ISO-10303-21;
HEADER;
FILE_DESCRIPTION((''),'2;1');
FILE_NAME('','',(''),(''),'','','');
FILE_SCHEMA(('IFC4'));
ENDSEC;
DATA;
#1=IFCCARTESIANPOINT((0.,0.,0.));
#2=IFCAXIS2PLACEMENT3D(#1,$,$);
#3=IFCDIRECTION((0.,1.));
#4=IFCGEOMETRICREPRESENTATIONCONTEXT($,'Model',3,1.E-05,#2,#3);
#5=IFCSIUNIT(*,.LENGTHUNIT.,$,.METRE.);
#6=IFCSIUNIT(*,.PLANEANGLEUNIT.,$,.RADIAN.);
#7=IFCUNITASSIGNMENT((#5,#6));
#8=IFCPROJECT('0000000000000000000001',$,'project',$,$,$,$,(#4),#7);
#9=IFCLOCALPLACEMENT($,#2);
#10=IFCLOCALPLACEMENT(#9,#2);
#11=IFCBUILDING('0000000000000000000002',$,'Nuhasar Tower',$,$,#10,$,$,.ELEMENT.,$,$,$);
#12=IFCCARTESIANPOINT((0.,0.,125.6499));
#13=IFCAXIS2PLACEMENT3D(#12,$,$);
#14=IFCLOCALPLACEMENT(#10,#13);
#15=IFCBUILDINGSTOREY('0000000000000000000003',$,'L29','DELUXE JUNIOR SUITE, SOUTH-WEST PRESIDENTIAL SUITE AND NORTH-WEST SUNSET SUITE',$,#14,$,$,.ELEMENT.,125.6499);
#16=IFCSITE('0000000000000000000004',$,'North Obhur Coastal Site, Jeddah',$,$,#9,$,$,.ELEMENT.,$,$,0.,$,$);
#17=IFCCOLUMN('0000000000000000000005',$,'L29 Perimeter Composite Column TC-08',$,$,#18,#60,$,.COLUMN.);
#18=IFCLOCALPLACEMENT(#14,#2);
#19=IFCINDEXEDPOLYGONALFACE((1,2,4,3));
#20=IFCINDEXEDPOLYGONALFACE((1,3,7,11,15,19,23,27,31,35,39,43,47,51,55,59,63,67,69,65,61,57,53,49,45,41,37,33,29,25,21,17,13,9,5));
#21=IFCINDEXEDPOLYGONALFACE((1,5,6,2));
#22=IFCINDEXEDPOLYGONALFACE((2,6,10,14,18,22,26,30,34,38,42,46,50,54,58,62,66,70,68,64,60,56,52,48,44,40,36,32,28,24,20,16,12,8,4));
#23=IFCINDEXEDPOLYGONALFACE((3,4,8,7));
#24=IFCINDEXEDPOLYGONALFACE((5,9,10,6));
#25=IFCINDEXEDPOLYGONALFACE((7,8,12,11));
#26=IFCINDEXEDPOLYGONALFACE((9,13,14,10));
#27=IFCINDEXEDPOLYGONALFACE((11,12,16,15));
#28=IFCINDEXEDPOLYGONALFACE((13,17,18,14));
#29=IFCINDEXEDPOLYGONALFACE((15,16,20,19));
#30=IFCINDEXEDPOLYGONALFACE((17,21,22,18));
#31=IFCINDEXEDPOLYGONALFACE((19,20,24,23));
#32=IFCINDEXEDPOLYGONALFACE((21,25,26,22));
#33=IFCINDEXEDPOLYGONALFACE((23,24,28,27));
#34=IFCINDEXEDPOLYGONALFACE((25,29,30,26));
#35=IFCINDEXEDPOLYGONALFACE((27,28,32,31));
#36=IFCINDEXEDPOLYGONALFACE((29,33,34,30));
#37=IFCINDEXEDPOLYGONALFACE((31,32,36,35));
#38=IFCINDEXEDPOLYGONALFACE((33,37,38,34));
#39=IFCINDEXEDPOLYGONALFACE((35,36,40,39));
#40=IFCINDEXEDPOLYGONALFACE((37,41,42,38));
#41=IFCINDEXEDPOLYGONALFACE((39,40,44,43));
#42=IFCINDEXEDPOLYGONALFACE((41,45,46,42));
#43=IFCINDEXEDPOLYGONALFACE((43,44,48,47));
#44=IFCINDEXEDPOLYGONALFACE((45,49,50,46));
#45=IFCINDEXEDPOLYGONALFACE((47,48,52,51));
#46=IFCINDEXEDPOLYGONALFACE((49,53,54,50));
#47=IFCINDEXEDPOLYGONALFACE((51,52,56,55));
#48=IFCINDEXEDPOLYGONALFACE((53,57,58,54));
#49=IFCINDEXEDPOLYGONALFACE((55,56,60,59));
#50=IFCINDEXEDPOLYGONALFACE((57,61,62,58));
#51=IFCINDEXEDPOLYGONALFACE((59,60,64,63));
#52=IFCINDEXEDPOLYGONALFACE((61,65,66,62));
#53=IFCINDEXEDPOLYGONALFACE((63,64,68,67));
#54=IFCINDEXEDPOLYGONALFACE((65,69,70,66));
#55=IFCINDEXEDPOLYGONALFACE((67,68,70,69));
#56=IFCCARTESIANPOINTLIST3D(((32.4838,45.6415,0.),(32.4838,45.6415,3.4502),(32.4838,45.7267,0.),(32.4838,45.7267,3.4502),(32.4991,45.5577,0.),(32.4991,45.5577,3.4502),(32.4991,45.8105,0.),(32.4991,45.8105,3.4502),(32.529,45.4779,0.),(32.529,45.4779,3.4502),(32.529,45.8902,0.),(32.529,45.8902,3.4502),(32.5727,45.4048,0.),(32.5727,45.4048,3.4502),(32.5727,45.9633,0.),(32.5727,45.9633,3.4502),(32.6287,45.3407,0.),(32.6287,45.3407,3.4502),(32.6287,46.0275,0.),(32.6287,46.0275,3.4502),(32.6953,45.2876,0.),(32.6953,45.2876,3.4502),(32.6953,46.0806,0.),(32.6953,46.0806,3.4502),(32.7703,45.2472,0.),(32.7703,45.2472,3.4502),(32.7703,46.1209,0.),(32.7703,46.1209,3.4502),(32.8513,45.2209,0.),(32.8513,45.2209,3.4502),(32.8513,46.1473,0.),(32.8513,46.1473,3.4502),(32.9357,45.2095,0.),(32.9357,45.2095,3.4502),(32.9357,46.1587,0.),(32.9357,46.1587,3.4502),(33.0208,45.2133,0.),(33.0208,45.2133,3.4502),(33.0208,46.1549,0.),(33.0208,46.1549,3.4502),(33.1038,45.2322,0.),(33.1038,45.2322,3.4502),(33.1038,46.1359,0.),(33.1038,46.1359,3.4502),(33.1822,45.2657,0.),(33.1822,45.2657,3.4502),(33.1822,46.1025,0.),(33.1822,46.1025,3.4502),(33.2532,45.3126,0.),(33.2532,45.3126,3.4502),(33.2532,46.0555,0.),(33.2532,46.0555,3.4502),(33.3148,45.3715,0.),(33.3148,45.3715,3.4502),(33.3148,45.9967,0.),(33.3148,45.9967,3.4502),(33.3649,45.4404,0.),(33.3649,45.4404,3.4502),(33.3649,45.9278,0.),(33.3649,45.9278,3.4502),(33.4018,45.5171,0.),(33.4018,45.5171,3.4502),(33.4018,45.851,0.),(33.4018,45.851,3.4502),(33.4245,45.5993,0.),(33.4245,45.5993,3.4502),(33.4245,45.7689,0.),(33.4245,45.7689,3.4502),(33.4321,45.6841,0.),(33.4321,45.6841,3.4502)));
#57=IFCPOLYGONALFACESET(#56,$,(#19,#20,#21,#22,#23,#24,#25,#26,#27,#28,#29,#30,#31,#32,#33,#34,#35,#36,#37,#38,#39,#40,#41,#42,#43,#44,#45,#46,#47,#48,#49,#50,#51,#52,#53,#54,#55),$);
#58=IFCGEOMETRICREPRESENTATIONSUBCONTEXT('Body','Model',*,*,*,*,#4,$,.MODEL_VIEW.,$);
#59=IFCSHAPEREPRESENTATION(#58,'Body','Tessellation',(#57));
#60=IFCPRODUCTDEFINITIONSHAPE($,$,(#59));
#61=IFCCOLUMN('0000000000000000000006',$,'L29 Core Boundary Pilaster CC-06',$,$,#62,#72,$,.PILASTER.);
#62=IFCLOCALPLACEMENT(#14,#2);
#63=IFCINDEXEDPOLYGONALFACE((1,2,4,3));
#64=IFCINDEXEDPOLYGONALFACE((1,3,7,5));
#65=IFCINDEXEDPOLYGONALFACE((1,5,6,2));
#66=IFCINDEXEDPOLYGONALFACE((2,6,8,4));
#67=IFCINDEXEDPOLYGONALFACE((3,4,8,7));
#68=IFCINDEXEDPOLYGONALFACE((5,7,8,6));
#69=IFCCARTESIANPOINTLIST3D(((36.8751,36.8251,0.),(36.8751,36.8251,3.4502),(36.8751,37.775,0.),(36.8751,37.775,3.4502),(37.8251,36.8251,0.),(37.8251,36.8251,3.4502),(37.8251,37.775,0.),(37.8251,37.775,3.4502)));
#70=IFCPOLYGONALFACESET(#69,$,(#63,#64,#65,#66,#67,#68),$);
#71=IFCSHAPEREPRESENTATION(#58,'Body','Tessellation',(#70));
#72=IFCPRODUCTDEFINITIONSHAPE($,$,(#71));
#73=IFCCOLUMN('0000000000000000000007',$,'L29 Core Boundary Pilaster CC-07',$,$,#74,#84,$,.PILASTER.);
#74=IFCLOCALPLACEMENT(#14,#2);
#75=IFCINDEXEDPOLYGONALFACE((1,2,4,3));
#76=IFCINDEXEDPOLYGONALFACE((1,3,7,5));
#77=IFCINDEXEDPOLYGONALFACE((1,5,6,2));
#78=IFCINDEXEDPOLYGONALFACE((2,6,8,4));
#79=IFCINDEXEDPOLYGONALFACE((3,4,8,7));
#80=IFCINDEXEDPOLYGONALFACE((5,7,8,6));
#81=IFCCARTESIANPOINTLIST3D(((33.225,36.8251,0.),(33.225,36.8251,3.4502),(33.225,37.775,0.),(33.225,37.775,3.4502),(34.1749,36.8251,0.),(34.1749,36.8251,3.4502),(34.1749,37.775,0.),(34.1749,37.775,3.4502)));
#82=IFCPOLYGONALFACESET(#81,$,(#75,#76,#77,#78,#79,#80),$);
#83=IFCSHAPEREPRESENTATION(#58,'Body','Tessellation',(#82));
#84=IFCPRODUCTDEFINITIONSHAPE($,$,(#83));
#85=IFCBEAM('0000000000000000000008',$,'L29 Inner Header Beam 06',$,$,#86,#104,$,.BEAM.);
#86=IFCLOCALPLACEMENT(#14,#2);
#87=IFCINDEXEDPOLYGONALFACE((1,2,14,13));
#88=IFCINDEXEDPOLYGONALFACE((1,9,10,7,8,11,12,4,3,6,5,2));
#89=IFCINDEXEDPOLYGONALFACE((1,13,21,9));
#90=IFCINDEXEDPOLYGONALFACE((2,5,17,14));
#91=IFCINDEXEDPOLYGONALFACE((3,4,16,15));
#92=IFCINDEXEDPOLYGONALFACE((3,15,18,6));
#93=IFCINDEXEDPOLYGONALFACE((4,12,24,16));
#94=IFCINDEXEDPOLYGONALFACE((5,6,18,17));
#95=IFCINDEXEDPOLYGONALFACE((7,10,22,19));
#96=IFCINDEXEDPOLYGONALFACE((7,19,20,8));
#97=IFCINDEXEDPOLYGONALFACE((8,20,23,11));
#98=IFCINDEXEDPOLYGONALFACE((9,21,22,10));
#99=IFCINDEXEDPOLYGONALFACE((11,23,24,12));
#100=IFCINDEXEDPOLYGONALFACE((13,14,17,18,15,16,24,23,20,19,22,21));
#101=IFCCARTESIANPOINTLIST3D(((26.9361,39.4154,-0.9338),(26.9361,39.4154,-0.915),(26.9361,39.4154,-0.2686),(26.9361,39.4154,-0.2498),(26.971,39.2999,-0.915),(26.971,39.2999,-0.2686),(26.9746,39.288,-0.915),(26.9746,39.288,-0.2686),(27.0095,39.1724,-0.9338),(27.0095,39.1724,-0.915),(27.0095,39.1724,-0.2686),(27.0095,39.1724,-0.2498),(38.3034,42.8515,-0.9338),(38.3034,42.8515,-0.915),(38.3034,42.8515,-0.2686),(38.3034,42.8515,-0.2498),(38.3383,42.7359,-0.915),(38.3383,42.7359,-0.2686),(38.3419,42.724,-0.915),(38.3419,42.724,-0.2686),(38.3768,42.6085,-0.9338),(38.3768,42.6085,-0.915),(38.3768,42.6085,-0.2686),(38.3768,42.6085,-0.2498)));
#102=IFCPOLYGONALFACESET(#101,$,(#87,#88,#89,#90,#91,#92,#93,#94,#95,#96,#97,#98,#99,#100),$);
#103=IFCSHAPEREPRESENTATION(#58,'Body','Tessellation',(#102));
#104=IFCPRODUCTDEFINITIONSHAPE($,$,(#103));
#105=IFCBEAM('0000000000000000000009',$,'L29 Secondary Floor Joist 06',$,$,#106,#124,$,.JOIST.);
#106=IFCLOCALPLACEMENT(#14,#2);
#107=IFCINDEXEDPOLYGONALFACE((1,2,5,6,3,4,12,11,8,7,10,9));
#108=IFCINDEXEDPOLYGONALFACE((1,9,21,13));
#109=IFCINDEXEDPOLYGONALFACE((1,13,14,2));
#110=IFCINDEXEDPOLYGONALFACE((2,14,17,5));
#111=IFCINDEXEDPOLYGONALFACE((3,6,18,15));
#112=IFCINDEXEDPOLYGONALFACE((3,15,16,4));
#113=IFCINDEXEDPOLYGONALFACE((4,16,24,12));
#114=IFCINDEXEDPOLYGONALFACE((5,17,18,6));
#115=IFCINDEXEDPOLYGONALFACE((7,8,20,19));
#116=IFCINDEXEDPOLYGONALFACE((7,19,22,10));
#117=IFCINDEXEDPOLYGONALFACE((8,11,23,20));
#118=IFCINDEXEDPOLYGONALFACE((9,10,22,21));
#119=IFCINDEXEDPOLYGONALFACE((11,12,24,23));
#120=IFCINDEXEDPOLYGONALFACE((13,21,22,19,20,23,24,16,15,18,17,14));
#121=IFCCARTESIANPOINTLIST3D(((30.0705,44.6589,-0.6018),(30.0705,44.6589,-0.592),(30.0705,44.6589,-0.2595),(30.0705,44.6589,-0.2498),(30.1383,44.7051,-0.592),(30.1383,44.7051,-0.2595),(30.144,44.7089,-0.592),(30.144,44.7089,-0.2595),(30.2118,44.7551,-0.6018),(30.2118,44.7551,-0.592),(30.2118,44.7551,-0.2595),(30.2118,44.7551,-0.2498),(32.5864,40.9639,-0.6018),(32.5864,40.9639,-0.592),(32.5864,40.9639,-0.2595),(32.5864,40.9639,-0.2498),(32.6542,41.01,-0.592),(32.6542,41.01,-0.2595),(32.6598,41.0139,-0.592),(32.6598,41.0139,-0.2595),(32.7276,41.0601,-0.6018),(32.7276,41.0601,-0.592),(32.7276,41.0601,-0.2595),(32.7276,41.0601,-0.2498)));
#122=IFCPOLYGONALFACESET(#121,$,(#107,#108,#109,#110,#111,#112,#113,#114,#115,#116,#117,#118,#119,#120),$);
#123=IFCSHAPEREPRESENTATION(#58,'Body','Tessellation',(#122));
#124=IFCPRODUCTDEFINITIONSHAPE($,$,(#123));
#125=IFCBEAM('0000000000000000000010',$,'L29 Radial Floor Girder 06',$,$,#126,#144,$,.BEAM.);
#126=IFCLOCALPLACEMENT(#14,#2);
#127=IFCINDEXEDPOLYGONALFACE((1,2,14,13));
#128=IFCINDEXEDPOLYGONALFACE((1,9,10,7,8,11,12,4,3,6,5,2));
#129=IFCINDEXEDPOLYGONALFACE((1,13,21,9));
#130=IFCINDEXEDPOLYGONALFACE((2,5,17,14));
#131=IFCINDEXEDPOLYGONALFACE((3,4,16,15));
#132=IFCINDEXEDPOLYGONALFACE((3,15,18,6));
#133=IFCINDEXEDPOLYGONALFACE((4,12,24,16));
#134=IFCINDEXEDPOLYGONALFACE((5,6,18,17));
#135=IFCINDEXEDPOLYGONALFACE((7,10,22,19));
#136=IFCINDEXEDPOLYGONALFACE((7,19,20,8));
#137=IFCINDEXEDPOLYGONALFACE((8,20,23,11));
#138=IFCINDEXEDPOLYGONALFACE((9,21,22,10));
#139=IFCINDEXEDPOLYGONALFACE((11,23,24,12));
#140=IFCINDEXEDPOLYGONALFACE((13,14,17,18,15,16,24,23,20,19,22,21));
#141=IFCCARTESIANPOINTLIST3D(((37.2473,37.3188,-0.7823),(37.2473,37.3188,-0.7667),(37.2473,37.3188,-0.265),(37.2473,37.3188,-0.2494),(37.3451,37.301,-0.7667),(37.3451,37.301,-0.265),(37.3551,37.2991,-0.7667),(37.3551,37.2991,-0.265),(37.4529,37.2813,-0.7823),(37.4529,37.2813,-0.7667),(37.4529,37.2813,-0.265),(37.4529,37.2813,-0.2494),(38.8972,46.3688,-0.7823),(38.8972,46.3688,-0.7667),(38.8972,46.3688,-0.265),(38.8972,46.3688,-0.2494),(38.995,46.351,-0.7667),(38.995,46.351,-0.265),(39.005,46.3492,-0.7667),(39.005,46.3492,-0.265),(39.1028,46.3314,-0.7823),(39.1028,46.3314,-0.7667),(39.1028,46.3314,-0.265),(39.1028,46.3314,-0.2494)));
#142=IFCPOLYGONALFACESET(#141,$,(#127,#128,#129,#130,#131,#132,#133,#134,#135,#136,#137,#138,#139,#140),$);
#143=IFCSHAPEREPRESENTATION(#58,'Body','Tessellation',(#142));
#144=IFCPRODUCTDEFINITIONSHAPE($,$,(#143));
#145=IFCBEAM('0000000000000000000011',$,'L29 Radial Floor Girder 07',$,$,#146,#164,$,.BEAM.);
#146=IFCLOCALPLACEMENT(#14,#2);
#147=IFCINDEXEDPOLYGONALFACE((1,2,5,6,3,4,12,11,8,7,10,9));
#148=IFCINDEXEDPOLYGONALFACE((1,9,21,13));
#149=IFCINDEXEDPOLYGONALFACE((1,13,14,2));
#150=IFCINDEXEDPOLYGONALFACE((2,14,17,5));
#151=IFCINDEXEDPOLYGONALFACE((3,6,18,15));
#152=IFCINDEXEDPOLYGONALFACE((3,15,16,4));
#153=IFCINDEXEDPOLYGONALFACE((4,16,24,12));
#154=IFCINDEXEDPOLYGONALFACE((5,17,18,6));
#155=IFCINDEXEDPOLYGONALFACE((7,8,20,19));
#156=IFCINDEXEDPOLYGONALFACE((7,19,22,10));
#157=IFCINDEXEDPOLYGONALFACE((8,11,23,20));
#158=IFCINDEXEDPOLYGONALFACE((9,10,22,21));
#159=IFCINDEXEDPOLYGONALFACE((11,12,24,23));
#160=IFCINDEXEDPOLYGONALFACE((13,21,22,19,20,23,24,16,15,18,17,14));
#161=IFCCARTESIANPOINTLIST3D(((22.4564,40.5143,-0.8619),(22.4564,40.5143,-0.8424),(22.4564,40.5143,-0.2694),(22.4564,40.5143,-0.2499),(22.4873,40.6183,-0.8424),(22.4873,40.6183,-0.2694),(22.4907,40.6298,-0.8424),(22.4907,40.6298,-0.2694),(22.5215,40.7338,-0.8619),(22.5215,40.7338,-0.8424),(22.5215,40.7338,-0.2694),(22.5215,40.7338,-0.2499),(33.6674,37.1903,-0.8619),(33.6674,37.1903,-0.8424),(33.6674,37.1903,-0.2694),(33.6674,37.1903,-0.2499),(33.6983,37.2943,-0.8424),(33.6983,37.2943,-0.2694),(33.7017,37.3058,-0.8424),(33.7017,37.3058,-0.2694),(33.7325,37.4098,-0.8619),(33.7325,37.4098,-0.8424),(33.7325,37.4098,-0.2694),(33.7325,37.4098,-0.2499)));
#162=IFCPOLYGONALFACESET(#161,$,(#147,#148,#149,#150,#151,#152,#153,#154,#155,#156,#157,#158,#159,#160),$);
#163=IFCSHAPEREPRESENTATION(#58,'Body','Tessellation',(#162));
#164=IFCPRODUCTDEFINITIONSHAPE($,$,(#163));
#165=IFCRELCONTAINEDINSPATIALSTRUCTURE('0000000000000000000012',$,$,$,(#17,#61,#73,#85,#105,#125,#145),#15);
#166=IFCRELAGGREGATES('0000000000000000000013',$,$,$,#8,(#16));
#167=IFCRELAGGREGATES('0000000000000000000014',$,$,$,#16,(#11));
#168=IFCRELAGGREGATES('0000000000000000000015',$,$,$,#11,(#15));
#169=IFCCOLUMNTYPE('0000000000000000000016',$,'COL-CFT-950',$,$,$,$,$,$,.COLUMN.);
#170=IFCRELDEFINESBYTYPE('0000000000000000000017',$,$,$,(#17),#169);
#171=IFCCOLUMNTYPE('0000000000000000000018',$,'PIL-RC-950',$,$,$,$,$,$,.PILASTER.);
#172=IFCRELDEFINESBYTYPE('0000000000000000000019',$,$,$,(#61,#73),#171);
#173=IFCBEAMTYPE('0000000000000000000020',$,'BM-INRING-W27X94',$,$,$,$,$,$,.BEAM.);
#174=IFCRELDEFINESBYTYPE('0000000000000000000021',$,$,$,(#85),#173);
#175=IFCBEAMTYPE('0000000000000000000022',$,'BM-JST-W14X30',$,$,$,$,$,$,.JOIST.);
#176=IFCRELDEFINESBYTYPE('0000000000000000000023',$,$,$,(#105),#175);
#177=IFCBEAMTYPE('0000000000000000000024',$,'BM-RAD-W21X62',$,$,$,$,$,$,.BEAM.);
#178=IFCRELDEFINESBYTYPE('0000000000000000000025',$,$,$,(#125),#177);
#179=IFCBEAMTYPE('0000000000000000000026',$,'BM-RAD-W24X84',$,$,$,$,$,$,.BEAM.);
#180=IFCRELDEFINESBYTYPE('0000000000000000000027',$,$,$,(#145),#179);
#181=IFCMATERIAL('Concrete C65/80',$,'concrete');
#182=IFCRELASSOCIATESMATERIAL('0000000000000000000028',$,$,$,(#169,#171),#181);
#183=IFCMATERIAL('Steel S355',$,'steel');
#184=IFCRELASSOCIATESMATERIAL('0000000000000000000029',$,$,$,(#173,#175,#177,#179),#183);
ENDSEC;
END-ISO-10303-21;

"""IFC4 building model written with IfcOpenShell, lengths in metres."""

from ifc_helpers import new_model, si_unit, direction, frame, origin, origin_2d, place, context, subcontext, project, spatial, rectangle, circle, i_section, extrude, material, material_profile, profile_set, type_object, element, save


model = new_model("IFC4")

# Units and contexts
model_context = context("Model", 3, precision=1e-05, world=origin(), true_north=direction((0.0, 1.0)))
body_context = subcontext(model_context, "Body", "Model", "MODEL_VIEW")
ifc_project = project(units=[si_unit("LENGTHUNIT", "METRE"), si_unit("PLANEANGLEUNIT", "RADIAN")], contexts=[model_context])

# Site, building, storey
site_placement = place(None, origin())
site = spatial("IfcSite", under=ifc_project, at=site_placement, Name="North Obhur Coastal Site, Jeddah", CompositionType="ELEMENT", RefElevation=0.0)
building_placement = place(site_placement, origin())
building = spatial("IfcBuilding", under=site, at=building_placement, Name="Nuhasar Tower", CompositionType="ELEMENT")
storey_placement = place(building_placement, frame((0.0, 0.0, 125.6499)))
storey = spatial("IfcBuildingStorey", under=building, at=storey_placement, Name="L29", Description="DELUXE JUNIOR SUITE, SOUTH-WEST PRESIDENTIAL SUITE AND NORTH-WEST SUNSET SUITE", CompositionType="ELEMENT", Elevation=125.6499)

# Columns
ifc_material_1 = material(Name="Concrete C65/80", Category="concrete")
ifc_material_profile_1 = material_profile(ifc_material_1, circle(Radius=0.4751, at=origin_2d()), Name="CFT950")
ifc_profile_set_1 = profile_set([ifc_material_profile_1], Name="Concrete C65/80")
column_type_1 = type_object("IfcColumnType", Name="COL-CFT-950", PredefinedType="COLUMN", material=ifc_profile_set_1)
column_placement = place(storey_placement, frame((32.957, 45.6841, 0.0), z_axis=(0.0, 0.0, 1.0), x_axis=(1.0, 0.0, 0.0)))
element("IfcColumn", 1, at=column_placement, inside=storey, type_object=column_type_1, Name="L29 Perimeter Composite Column TC-08", PredefinedType="COLUMN", context=body_context, shape_type="SweptSolid", body=[
    extrude(circle(Radius=0.4751, at=origin_2d()), origin(), (0.0, 0.0, 1.0), 3.4502),
])
ifc_material_profile_2 = material_profile(ifc_material_1, rectangle(XDim=0.95, YDim=0.95, at=origin_2d()), Name="RC950X950")
ifc_profile_set_2 = profile_set([ifc_material_profile_2], Name="Concrete C65/80")
column_type_2 = type_object("IfcColumnType", Name="PIL-RC-950", PredefinedType="PILASTER", material=ifc_profile_set_2)
for number, where, z_axis, x_axis, name in (
    (2, (37.3501, 37.3, 0.0), (0.0, 0.0, 1.0), (1.0, 0.0, 0.0), "L29 Core Boundary Pilaster CC-06"),
    (3, (33.7, 37.3, 0.0), (0.0, 0.0, 1.0), (1.0, 0.0, 0.0), "L29 Core Boundary Pilaster CC-07"),
):
    element("IfcColumn", number, at=place(storey_placement, frame(where, z_axis=z_axis, x_axis=x_axis)), inside=storey, type_object=column_type_2, Name=name, PredefinedType="PILASTER", context=body_context, shape_type="SweptSolid", body=[
        extrude(rectangle(XDim=0.95, YDim=0.95, at=origin_2d()), origin(), (0.0, 0.0, 1.0), 3.4502),
    ])

# Beams
ifc_material_2 = material(Name="Steel S355", Category="steel")
ifc_material_profile_3 = material_profile(ifc_material_2, i_section(OverallWidth=0.2539, OverallDepth=0.6841, WebThickness=0.0125, FlangeThickness=0.0188, at=origin_2d()), Name="W27X94")
ifc_profile_set_3 = profile_set([ifc_material_profile_3], Name="Steel S355")
beam_type_1 = type_object("IfcBeamType", Name="BM-INRING-W27X94", PredefinedType="BEAM", material=ifc_profile_set_3)
beam_1_placement = place(storey_placement, frame((38.3401, 42.73, -0.5918), z_axis=(-0.957224, -0.289347, 0.0), x_axis=(0.289347, -0.957224, 0.0)))
element("IfcBeam", 4, at=beam_1_placement, inside=storey, type_object=beam_type_1, Name="L29 Inner Header Beam 06", PredefinedType="BEAM", context=body_context, shape_type="SweptSolid", body=[
    extrude(i_section(OverallWidth=0.2539, OverallDepth=0.6841, WebThickness=0.0125, FlangeThickness=0.0188, at=origin_2d()), origin(), (0.0, 0.0, 1.0), 11.8752),
])
ifc_material_profile_4 = material_profile(ifc_material_2, i_section(OverallWidth=0.1709, OverallDepth=0.3521, WebThickness=0.0068, FlangeThickness=0.0098, at=origin_2d()), Name="W14X30")
ifc_profile_set_4 = profile_set([ifc_material_profile_4], Name="Steel S355")
beam_type_2 = type_object("IfcBeamType", Name="BM-JST-W14X30", PredefinedType="JOIST", material=ifc_profile_set_4)
beam_2_placement = place(storey_placement, frame((32.657, 41.012, -0.4258), z_axis=(-0.562803, 0.826591, 0.0), x_axis=(-0.826591, -0.562803, 0.0)))
element("IfcBeam", 5, at=beam_2_placement, inside=storey, type_object=beam_type_2, Name="L29 Secondary Floor Joist 06", PredefinedType="JOIST", context=body_context, shape_type="SweptSolid", body=[
    extrude(i_section(OverallWidth=0.1709, OverallDepth=0.3521, WebThickness=0.0068, FlangeThickness=0.0098, at=origin_2d()), origin(), (0.0, 0.0, 1.0), 4.4702),
])
ifc_material_profile_5 = material_profile(ifc_material_2, i_section(OverallWidth=0.209, OverallDepth=0.533, WebThickness=0.0103, FlangeThickness=0.0156, at=origin_2d()), Name="W21X62")
ifc_profile_set_5 = profile_set([ifc_material_profile_5], Name="Steel S355")
beam_type_3 = type_object("IfcBeamType", Name="BM-RAD-W21X62", PredefinedType="BEAM", material=ifc_profile_set_5)
beam_3_placement = place(storey_placement, frame((37.3501, 37.3, -0.5159), z_axis=(0.179353, 0.983785, 0.0), x_axis=(-0.983785, 0.179353, 0.0)))
element("IfcBeam", 6, at=beam_3_placement, inside=storey, type_object=beam_type_3, Name="L29 Radial Floor Girder 06", PredefinedType="BEAM", context=body_context, shape_type="SweptSolid", body=[
    extrude(i_section(OverallWidth=0.209, OverallDepth=0.533, WebThickness=0.0103, FlangeThickness=0.0156, at=origin_2d()), origin(), (0.0, 0.0, 1.0), 9.1992),
])
ifc_material_profile_6 = material_profile(ifc_material_2, i_section(OverallWidth=0.229, OverallDepth=0.6121, WebThickness=0.012, FlangeThickness=0.0195, at=origin_2d()), Name="W24X84")
ifc_profile_set_6 = profile_set([ifc_material_profile_6], Name="Steel S355")
beam_type_4 = type_object("IfcBeamType", Name="BM-RAD-W24X84", PredefinedType="BEAM", material=ifc_profile_set_6)
beam_4_placement = place(storey_placement, frame((33.7, 37.3, -0.5559), z_axis=(-0.958746, 0.284262, 0.0), x_axis=(-0.284262, -0.958746, 0.0)))
element("IfcBeam", 7, at=beam_4_placement, inside=storey, type_object=beam_type_4, Name="L29 Radial Floor Girder 07", PredefinedType="BEAM", context=body_context, shape_type="SweptSolid", body=[
    extrude(i_section(OverallWidth=0.229, OverallDepth=0.6121, WebThickness=0.012, FlangeThickness=0.0195, at=origin_2d()), origin(), (0.0, 0.0, 1.0), 11.6934),
])

save(model, "model.ifc")
